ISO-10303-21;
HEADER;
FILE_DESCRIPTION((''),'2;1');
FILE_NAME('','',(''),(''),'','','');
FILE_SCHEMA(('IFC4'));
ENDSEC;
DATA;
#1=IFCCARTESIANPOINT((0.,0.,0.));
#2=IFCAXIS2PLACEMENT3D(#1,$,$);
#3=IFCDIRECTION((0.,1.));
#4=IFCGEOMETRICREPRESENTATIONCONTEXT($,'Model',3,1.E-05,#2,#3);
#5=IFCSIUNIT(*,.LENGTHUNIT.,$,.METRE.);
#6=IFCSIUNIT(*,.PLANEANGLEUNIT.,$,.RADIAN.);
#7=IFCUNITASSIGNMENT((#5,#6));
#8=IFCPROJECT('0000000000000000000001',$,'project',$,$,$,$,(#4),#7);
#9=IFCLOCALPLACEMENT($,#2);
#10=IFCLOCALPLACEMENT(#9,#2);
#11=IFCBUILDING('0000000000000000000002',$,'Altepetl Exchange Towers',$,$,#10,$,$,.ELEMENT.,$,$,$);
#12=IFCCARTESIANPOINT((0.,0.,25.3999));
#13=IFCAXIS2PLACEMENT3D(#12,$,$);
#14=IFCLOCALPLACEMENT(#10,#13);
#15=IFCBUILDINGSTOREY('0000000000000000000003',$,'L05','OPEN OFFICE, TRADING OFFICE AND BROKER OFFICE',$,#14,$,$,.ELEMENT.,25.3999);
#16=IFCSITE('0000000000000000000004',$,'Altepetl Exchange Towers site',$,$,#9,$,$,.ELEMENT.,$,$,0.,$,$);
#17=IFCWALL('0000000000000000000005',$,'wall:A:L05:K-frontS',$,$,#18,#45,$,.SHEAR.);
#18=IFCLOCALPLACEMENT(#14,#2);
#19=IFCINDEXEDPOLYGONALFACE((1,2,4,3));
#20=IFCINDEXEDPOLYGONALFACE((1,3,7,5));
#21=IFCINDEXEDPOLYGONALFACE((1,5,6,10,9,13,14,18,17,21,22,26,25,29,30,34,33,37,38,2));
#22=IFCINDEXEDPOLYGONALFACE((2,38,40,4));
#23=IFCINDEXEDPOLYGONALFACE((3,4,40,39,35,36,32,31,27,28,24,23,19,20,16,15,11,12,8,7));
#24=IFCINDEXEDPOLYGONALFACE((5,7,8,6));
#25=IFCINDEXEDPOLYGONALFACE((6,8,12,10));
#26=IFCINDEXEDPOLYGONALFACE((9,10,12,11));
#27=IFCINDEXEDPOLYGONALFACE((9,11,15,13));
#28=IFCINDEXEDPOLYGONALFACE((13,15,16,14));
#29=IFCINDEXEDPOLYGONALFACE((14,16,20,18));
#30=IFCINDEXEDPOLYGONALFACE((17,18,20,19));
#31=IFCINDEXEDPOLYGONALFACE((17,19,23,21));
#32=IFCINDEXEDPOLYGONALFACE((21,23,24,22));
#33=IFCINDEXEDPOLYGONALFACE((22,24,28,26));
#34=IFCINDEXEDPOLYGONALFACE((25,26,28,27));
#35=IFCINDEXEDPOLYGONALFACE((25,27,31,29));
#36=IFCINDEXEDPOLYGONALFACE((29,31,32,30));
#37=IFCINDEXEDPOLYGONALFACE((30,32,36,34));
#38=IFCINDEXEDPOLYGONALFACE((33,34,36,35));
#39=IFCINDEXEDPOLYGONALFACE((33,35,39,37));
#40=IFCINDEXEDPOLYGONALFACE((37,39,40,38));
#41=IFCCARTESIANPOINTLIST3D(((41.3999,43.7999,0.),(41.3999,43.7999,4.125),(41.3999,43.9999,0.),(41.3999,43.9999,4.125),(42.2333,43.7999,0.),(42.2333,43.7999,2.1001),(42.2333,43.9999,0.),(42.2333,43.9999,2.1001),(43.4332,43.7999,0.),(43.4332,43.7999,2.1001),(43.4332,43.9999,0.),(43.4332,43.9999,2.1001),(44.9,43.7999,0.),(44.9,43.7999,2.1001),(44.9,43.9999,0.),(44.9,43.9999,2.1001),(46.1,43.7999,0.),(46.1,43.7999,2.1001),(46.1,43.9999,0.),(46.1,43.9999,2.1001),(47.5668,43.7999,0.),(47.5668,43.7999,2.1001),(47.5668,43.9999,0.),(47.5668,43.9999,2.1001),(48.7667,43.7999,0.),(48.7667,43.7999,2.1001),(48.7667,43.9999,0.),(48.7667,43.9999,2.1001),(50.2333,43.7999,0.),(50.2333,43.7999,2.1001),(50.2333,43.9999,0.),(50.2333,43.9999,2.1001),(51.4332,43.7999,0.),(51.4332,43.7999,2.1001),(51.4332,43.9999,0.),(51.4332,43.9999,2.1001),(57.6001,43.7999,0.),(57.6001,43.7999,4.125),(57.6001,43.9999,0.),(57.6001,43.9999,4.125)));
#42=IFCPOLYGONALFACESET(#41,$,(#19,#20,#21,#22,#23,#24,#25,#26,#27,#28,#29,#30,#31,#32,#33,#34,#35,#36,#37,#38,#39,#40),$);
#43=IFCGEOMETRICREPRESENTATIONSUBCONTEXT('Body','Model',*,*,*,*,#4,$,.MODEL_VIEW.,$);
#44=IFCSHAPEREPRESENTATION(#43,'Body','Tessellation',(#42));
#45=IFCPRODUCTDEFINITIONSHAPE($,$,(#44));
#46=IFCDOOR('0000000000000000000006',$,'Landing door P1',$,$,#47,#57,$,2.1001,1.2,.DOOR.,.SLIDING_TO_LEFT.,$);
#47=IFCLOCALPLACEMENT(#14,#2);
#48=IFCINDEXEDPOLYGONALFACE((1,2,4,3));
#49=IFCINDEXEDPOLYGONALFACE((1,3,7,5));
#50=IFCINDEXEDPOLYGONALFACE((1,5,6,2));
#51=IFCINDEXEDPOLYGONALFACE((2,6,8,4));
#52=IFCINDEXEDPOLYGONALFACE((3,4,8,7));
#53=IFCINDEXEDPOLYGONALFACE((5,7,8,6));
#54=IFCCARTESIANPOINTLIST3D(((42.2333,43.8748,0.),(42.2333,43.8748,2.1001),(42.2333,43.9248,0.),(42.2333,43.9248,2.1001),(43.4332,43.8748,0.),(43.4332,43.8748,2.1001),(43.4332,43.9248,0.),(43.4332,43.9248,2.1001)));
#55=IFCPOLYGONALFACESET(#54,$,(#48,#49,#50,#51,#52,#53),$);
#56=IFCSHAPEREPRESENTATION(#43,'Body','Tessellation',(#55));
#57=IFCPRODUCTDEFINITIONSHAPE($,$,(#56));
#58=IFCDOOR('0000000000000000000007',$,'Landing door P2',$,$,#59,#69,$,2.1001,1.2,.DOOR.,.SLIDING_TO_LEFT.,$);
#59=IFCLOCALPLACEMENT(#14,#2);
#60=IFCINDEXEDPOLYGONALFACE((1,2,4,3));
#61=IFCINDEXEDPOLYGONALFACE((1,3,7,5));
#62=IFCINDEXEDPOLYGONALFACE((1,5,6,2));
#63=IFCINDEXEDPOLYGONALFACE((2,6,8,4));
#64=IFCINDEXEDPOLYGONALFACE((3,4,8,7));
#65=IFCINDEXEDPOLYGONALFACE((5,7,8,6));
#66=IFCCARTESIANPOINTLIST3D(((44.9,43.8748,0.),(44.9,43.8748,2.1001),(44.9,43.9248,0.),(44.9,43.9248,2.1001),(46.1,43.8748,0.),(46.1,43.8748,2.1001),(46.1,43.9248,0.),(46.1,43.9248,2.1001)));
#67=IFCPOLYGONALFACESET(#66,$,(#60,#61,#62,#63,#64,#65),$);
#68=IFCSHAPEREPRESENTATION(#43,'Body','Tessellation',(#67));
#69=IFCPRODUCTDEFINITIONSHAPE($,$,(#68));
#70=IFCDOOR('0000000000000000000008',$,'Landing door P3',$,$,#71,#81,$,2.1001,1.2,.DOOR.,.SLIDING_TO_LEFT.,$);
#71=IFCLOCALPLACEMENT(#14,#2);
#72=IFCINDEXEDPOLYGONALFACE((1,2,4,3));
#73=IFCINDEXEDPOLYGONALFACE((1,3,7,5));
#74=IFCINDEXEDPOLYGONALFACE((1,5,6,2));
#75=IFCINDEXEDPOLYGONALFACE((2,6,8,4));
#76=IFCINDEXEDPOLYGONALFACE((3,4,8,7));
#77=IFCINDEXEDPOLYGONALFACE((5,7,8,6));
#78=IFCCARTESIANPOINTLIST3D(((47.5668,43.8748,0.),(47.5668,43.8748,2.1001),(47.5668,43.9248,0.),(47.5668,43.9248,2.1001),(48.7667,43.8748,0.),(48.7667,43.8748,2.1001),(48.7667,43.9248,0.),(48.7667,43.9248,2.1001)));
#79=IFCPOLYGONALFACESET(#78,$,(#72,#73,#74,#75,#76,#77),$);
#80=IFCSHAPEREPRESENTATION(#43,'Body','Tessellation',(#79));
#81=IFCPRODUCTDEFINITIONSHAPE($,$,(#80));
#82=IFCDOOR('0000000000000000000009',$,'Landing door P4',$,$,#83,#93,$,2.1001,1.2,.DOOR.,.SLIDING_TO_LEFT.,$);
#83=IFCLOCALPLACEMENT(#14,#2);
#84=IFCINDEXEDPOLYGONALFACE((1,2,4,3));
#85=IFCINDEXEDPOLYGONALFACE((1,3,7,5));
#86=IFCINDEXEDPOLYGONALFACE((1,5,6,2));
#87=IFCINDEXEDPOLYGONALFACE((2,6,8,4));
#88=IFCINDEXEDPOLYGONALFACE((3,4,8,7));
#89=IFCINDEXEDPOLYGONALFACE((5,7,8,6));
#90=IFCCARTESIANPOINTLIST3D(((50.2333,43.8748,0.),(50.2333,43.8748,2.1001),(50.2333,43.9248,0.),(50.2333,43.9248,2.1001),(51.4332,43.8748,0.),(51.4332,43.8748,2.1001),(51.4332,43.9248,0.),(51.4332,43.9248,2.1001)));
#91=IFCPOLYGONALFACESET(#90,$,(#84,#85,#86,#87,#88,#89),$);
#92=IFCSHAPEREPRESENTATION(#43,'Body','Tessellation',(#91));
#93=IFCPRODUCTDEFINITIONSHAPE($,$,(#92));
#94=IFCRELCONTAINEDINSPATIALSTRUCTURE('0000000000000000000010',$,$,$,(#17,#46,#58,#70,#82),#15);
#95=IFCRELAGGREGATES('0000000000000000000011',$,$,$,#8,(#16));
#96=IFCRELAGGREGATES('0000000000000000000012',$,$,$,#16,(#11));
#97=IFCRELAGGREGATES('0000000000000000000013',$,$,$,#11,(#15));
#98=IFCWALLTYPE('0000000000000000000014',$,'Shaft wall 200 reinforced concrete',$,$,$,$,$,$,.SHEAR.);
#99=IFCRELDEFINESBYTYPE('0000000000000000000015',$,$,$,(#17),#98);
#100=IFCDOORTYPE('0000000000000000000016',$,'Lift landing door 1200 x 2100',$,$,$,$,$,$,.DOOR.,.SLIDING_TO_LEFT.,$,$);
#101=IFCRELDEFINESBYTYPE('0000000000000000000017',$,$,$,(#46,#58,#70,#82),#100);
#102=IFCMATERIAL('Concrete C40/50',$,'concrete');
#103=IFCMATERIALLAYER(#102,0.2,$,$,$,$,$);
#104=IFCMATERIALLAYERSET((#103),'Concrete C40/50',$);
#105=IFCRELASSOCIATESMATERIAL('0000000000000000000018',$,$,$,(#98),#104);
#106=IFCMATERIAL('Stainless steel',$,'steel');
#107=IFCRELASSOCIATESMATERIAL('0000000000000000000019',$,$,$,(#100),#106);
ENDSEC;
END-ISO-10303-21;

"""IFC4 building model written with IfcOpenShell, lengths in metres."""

from ifc_helpers import new_model, si_unit, direction, frame, frame_2d, origin, place, context, subcontext, project, spatial, rectangle, extrude, material, layer, layer_set, type_object, element, fill, save


model = new_model("IFC4")

# Units and contexts
model_context = context("Model", 3, precision=1e-05, world=origin(), true_north=direction((0.0, 1.0)))
body_context = subcontext(model_context, "Body", "Model", "MODEL_VIEW")
ifc_project = project(units=[si_unit("LENGTHUNIT", "METRE"), si_unit("PLANEANGLEUNIT", "RADIAN")], contexts=[model_context])

# Site, building, storey
site_placement = place(None, origin())
site = spatial("IfcSite", under=ifc_project, at=site_placement, Name="Altepetl Exchange Towers site", CompositionType="ELEMENT", RefElevation=0.0)
building_placement = place(site_placement, origin())
building = spatial("IfcBuilding", under=site, at=building_placement, Name="Altepetl Exchange Towers", CompositionType="ELEMENT")
storey_placement = place(building_placement, frame((0.0, 0.0, 25.3999)))
storey = spatial("IfcBuildingStorey", under=building, at=storey_placement, Name="L05", Description="OPEN OFFICE, TRADING OFFICE AND BROKER OFFICE", CompositionType="ELEMENT", Elevation=25.3999)

# Wall, openings, doors
ifc_material_1 = material(Name="Concrete C40/50", Category="concrete")
ifc_layer_1 = layer(ifc_material_1, 0.2)
ifc_layer_set_1 = layer_set([ifc_layer_1], Name="Concrete C40/50")
wall_type_1 = type_object("IfcWallType", Name="Shaft wall 200 reinforced concrete", PredefinedType="SHEAR", material=ifc_layer_set_1)
wall_1_placement = place(storey_placement, frame((41.3999, 43.8999, 0.0)))
wall_1 = element("IfcWall", 1, at=wall_1_placement, inside=storey, type_object=wall_type_1, Name="wall:A:L05:K-frontS", PredefinedType="SHEAR", context=body_context, shape_type="SweptSolid", body=[
    extrude(rectangle(XDim=16.2002, YDim=0.2, at=frame_2d((8.1001, 0.0))), origin(), (0.0, 0.0, 1.0), 4.125),
])
opening_1_placement = place(wall_1_placement, frame((0.8333, 0.0, 0.0)))
opening_1 = element("IfcOpeningElement", 2, at=opening_1_placement, cuts=wall_1, PredefinedType="OPENING", context=body_context, shape_type="SweptSolid", body=[
    extrude(rectangle(XDim=1.2, YDim=2.1001, at=frame_2d((0.6001, 1.05))), frame((0.0, 0.1099, 0.0), z_axis=(0.0, -1.0, 0.0), x_axis=(1.0, 0.0, 0.0)), (0.0, 0.0, 1.0), 0.22),
])
opening_2_placement = place(wall_1_placement, frame((3.5, 0.0, 0.0)))
opening_2 = element("IfcOpeningElement", 3, at=opening_2_placement, cuts=wall_1, PredefinedType="OPENING", context=body_context, shape_type="SweptSolid", body=[
    extrude(rectangle(XDim=1.2, YDim=2.1001, at=frame_2d((0.6001, 1.05))), frame((0.0, 0.1099, 0.0), z_axis=(0.0, -1.0, 0.0), x_axis=(1.0, 0.0, 0.0)), (0.0, 0.0, 1.0), 0.22),
])
opening_3_placement = place(wall_1_placement, frame((6.1667, 0.0, 0.0)))
opening_3 = element("IfcOpeningElement", 4, at=opening_3_placement, cuts=wall_1, PredefinedType="OPENING", context=body_context, shape_type="SweptSolid", body=[
    extrude(rectangle(XDim=1.2, YDim=2.1001, at=frame_2d((0.6001, 1.05))), frame((0.0, 0.1099, 0.0), z_axis=(0.0, -1.0, 0.0), x_axis=(1.0, 0.0, 0.0)), (0.0, 0.0, 1.0), 0.22),
])
opening_4_placement = place(wall_1_placement, frame((8.8333, 0.0, 0.0)))
opening_4 = element("IfcOpeningElement", 5, at=opening_4_placement, cuts=wall_1, PredefinedType="OPENING", context=body_context, shape_type="SweptSolid", body=[
    extrude(rectangle(XDim=1.2, YDim=2.1001, at=frame_2d((0.6001, 1.05))), frame((0.0, 0.1099, 0.0), z_axis=(0.0, -1.0, 0.0), x_axis=(1.0, 0.0, 0.0)), (0.0, 0.0, 1.0), 0.22),
])
ifc_material_2 = material(Name="Stainless steel", Category="steel")
door_type_1 = type_object("IfcDoorType", Name="Lift landing door 1200 x 2100", OperationType="SLIDING_TO_LEFT", PredefinedType="DOOR", material=ifc_material_2)
door_1_placement = place(opening_1_placement, origin())
door_1 = element("IfcDoor", 6, at=door_1_placement, inside=storey, type_object=door_type_1, Name="Landing door P1", OperationType="SLIDING_TO_LEFT", OverallHeight=2.1001, OverallWidth=1.2, PredefinedType="DOOR", context=body_context, shape_type="SweptSolid", body=[
    extrude(rectangle(XDim=1.2, YDim=2.1001, at=frame_2d((0.6001, 1.05))), frame((0.0, 0.0249, 0.0), z_axis=(0.0, -1.0, 0.0), x_axis=(1.0, 0.0, 0.0)), (0.0, 0.0, 1.0), 0.05),
])
fill(opening_1, door_1)
door_2_placement = place(opening_2_placement, origin())
door_2 = element("IfcDoor", 7, at=door_2_placement, inside=storey, type_object=door_type_1, Name="Landing door P2", OperationType="SLIDING_TO_LEFT", OverallHeight=2.1001, OverallWidth=1.2, PredefinedType="DOOR", context=body_context, shape_type="SweptSolid", body=[
    extrude(rectangle(XDim=1.2, YDim=2.1001, at=frame_2d((0.6001, 1.05))), frame((0.0, 0.0249, 0.0), z_axis=(0.0, -1.0, 0.0), x_axis=(1.0, 0.0, 0.0)), (0.0, 0.0, 1.0), 0.05),
])
fill(opening_2, door_2)
door_3_placement = place(opening_3_placement, origin())
door_3 = element("IfcDoor", 8, at=door_3_placement, inside=storey, type_object=door_type_1, Name="Landing door P3", OperationType="SLIDING_TO_LEFT", OverallHeight=2.1001, OverallWidth=1.2, PredefinedType="DOOR", context=body_context, shape_type="SweptSolid", body=[
    extrude(rectangle(XDim=1.2, YDim=2.1001, at=frame_2d((0.6001, 1.05))), frame((0.0, 0.0249, 0.0), z_axis=(0.0, -1.0, 0.0), x_axis=(1.0, 0.0, 0.0)), (0.0, 0.0, 1.0), 0.05),
])
fill(opening_3, door_3)
door_4_placement = place(opening_4_placement, origin())
door_4 = element("IfcDoor", 9, at=door_4_placement, inside=storey, type_object=door_type_1, Name="Landing door P4", OperationType="SLIDING_TO_LEFT", OverallHeight=2.1001, OverallWidth=1.2, PredefinedType="DOOR", context=body_context, shape_type="SweptSolid", body=[
    extrude(rectangle(XDim=1.2, YDim=2.1001, at=frame_2d((0.6001, 1.05))), frame((0.0, 0.0249, 0.0), z_axis=(0.0, -1.0, 0.0), x_axis=(1.0, 0.0, 0.0)), (0.0, 0.0, 1.0), 0.05),
])
fill(opening_4, door_4)

save(model, "model.ifc")
